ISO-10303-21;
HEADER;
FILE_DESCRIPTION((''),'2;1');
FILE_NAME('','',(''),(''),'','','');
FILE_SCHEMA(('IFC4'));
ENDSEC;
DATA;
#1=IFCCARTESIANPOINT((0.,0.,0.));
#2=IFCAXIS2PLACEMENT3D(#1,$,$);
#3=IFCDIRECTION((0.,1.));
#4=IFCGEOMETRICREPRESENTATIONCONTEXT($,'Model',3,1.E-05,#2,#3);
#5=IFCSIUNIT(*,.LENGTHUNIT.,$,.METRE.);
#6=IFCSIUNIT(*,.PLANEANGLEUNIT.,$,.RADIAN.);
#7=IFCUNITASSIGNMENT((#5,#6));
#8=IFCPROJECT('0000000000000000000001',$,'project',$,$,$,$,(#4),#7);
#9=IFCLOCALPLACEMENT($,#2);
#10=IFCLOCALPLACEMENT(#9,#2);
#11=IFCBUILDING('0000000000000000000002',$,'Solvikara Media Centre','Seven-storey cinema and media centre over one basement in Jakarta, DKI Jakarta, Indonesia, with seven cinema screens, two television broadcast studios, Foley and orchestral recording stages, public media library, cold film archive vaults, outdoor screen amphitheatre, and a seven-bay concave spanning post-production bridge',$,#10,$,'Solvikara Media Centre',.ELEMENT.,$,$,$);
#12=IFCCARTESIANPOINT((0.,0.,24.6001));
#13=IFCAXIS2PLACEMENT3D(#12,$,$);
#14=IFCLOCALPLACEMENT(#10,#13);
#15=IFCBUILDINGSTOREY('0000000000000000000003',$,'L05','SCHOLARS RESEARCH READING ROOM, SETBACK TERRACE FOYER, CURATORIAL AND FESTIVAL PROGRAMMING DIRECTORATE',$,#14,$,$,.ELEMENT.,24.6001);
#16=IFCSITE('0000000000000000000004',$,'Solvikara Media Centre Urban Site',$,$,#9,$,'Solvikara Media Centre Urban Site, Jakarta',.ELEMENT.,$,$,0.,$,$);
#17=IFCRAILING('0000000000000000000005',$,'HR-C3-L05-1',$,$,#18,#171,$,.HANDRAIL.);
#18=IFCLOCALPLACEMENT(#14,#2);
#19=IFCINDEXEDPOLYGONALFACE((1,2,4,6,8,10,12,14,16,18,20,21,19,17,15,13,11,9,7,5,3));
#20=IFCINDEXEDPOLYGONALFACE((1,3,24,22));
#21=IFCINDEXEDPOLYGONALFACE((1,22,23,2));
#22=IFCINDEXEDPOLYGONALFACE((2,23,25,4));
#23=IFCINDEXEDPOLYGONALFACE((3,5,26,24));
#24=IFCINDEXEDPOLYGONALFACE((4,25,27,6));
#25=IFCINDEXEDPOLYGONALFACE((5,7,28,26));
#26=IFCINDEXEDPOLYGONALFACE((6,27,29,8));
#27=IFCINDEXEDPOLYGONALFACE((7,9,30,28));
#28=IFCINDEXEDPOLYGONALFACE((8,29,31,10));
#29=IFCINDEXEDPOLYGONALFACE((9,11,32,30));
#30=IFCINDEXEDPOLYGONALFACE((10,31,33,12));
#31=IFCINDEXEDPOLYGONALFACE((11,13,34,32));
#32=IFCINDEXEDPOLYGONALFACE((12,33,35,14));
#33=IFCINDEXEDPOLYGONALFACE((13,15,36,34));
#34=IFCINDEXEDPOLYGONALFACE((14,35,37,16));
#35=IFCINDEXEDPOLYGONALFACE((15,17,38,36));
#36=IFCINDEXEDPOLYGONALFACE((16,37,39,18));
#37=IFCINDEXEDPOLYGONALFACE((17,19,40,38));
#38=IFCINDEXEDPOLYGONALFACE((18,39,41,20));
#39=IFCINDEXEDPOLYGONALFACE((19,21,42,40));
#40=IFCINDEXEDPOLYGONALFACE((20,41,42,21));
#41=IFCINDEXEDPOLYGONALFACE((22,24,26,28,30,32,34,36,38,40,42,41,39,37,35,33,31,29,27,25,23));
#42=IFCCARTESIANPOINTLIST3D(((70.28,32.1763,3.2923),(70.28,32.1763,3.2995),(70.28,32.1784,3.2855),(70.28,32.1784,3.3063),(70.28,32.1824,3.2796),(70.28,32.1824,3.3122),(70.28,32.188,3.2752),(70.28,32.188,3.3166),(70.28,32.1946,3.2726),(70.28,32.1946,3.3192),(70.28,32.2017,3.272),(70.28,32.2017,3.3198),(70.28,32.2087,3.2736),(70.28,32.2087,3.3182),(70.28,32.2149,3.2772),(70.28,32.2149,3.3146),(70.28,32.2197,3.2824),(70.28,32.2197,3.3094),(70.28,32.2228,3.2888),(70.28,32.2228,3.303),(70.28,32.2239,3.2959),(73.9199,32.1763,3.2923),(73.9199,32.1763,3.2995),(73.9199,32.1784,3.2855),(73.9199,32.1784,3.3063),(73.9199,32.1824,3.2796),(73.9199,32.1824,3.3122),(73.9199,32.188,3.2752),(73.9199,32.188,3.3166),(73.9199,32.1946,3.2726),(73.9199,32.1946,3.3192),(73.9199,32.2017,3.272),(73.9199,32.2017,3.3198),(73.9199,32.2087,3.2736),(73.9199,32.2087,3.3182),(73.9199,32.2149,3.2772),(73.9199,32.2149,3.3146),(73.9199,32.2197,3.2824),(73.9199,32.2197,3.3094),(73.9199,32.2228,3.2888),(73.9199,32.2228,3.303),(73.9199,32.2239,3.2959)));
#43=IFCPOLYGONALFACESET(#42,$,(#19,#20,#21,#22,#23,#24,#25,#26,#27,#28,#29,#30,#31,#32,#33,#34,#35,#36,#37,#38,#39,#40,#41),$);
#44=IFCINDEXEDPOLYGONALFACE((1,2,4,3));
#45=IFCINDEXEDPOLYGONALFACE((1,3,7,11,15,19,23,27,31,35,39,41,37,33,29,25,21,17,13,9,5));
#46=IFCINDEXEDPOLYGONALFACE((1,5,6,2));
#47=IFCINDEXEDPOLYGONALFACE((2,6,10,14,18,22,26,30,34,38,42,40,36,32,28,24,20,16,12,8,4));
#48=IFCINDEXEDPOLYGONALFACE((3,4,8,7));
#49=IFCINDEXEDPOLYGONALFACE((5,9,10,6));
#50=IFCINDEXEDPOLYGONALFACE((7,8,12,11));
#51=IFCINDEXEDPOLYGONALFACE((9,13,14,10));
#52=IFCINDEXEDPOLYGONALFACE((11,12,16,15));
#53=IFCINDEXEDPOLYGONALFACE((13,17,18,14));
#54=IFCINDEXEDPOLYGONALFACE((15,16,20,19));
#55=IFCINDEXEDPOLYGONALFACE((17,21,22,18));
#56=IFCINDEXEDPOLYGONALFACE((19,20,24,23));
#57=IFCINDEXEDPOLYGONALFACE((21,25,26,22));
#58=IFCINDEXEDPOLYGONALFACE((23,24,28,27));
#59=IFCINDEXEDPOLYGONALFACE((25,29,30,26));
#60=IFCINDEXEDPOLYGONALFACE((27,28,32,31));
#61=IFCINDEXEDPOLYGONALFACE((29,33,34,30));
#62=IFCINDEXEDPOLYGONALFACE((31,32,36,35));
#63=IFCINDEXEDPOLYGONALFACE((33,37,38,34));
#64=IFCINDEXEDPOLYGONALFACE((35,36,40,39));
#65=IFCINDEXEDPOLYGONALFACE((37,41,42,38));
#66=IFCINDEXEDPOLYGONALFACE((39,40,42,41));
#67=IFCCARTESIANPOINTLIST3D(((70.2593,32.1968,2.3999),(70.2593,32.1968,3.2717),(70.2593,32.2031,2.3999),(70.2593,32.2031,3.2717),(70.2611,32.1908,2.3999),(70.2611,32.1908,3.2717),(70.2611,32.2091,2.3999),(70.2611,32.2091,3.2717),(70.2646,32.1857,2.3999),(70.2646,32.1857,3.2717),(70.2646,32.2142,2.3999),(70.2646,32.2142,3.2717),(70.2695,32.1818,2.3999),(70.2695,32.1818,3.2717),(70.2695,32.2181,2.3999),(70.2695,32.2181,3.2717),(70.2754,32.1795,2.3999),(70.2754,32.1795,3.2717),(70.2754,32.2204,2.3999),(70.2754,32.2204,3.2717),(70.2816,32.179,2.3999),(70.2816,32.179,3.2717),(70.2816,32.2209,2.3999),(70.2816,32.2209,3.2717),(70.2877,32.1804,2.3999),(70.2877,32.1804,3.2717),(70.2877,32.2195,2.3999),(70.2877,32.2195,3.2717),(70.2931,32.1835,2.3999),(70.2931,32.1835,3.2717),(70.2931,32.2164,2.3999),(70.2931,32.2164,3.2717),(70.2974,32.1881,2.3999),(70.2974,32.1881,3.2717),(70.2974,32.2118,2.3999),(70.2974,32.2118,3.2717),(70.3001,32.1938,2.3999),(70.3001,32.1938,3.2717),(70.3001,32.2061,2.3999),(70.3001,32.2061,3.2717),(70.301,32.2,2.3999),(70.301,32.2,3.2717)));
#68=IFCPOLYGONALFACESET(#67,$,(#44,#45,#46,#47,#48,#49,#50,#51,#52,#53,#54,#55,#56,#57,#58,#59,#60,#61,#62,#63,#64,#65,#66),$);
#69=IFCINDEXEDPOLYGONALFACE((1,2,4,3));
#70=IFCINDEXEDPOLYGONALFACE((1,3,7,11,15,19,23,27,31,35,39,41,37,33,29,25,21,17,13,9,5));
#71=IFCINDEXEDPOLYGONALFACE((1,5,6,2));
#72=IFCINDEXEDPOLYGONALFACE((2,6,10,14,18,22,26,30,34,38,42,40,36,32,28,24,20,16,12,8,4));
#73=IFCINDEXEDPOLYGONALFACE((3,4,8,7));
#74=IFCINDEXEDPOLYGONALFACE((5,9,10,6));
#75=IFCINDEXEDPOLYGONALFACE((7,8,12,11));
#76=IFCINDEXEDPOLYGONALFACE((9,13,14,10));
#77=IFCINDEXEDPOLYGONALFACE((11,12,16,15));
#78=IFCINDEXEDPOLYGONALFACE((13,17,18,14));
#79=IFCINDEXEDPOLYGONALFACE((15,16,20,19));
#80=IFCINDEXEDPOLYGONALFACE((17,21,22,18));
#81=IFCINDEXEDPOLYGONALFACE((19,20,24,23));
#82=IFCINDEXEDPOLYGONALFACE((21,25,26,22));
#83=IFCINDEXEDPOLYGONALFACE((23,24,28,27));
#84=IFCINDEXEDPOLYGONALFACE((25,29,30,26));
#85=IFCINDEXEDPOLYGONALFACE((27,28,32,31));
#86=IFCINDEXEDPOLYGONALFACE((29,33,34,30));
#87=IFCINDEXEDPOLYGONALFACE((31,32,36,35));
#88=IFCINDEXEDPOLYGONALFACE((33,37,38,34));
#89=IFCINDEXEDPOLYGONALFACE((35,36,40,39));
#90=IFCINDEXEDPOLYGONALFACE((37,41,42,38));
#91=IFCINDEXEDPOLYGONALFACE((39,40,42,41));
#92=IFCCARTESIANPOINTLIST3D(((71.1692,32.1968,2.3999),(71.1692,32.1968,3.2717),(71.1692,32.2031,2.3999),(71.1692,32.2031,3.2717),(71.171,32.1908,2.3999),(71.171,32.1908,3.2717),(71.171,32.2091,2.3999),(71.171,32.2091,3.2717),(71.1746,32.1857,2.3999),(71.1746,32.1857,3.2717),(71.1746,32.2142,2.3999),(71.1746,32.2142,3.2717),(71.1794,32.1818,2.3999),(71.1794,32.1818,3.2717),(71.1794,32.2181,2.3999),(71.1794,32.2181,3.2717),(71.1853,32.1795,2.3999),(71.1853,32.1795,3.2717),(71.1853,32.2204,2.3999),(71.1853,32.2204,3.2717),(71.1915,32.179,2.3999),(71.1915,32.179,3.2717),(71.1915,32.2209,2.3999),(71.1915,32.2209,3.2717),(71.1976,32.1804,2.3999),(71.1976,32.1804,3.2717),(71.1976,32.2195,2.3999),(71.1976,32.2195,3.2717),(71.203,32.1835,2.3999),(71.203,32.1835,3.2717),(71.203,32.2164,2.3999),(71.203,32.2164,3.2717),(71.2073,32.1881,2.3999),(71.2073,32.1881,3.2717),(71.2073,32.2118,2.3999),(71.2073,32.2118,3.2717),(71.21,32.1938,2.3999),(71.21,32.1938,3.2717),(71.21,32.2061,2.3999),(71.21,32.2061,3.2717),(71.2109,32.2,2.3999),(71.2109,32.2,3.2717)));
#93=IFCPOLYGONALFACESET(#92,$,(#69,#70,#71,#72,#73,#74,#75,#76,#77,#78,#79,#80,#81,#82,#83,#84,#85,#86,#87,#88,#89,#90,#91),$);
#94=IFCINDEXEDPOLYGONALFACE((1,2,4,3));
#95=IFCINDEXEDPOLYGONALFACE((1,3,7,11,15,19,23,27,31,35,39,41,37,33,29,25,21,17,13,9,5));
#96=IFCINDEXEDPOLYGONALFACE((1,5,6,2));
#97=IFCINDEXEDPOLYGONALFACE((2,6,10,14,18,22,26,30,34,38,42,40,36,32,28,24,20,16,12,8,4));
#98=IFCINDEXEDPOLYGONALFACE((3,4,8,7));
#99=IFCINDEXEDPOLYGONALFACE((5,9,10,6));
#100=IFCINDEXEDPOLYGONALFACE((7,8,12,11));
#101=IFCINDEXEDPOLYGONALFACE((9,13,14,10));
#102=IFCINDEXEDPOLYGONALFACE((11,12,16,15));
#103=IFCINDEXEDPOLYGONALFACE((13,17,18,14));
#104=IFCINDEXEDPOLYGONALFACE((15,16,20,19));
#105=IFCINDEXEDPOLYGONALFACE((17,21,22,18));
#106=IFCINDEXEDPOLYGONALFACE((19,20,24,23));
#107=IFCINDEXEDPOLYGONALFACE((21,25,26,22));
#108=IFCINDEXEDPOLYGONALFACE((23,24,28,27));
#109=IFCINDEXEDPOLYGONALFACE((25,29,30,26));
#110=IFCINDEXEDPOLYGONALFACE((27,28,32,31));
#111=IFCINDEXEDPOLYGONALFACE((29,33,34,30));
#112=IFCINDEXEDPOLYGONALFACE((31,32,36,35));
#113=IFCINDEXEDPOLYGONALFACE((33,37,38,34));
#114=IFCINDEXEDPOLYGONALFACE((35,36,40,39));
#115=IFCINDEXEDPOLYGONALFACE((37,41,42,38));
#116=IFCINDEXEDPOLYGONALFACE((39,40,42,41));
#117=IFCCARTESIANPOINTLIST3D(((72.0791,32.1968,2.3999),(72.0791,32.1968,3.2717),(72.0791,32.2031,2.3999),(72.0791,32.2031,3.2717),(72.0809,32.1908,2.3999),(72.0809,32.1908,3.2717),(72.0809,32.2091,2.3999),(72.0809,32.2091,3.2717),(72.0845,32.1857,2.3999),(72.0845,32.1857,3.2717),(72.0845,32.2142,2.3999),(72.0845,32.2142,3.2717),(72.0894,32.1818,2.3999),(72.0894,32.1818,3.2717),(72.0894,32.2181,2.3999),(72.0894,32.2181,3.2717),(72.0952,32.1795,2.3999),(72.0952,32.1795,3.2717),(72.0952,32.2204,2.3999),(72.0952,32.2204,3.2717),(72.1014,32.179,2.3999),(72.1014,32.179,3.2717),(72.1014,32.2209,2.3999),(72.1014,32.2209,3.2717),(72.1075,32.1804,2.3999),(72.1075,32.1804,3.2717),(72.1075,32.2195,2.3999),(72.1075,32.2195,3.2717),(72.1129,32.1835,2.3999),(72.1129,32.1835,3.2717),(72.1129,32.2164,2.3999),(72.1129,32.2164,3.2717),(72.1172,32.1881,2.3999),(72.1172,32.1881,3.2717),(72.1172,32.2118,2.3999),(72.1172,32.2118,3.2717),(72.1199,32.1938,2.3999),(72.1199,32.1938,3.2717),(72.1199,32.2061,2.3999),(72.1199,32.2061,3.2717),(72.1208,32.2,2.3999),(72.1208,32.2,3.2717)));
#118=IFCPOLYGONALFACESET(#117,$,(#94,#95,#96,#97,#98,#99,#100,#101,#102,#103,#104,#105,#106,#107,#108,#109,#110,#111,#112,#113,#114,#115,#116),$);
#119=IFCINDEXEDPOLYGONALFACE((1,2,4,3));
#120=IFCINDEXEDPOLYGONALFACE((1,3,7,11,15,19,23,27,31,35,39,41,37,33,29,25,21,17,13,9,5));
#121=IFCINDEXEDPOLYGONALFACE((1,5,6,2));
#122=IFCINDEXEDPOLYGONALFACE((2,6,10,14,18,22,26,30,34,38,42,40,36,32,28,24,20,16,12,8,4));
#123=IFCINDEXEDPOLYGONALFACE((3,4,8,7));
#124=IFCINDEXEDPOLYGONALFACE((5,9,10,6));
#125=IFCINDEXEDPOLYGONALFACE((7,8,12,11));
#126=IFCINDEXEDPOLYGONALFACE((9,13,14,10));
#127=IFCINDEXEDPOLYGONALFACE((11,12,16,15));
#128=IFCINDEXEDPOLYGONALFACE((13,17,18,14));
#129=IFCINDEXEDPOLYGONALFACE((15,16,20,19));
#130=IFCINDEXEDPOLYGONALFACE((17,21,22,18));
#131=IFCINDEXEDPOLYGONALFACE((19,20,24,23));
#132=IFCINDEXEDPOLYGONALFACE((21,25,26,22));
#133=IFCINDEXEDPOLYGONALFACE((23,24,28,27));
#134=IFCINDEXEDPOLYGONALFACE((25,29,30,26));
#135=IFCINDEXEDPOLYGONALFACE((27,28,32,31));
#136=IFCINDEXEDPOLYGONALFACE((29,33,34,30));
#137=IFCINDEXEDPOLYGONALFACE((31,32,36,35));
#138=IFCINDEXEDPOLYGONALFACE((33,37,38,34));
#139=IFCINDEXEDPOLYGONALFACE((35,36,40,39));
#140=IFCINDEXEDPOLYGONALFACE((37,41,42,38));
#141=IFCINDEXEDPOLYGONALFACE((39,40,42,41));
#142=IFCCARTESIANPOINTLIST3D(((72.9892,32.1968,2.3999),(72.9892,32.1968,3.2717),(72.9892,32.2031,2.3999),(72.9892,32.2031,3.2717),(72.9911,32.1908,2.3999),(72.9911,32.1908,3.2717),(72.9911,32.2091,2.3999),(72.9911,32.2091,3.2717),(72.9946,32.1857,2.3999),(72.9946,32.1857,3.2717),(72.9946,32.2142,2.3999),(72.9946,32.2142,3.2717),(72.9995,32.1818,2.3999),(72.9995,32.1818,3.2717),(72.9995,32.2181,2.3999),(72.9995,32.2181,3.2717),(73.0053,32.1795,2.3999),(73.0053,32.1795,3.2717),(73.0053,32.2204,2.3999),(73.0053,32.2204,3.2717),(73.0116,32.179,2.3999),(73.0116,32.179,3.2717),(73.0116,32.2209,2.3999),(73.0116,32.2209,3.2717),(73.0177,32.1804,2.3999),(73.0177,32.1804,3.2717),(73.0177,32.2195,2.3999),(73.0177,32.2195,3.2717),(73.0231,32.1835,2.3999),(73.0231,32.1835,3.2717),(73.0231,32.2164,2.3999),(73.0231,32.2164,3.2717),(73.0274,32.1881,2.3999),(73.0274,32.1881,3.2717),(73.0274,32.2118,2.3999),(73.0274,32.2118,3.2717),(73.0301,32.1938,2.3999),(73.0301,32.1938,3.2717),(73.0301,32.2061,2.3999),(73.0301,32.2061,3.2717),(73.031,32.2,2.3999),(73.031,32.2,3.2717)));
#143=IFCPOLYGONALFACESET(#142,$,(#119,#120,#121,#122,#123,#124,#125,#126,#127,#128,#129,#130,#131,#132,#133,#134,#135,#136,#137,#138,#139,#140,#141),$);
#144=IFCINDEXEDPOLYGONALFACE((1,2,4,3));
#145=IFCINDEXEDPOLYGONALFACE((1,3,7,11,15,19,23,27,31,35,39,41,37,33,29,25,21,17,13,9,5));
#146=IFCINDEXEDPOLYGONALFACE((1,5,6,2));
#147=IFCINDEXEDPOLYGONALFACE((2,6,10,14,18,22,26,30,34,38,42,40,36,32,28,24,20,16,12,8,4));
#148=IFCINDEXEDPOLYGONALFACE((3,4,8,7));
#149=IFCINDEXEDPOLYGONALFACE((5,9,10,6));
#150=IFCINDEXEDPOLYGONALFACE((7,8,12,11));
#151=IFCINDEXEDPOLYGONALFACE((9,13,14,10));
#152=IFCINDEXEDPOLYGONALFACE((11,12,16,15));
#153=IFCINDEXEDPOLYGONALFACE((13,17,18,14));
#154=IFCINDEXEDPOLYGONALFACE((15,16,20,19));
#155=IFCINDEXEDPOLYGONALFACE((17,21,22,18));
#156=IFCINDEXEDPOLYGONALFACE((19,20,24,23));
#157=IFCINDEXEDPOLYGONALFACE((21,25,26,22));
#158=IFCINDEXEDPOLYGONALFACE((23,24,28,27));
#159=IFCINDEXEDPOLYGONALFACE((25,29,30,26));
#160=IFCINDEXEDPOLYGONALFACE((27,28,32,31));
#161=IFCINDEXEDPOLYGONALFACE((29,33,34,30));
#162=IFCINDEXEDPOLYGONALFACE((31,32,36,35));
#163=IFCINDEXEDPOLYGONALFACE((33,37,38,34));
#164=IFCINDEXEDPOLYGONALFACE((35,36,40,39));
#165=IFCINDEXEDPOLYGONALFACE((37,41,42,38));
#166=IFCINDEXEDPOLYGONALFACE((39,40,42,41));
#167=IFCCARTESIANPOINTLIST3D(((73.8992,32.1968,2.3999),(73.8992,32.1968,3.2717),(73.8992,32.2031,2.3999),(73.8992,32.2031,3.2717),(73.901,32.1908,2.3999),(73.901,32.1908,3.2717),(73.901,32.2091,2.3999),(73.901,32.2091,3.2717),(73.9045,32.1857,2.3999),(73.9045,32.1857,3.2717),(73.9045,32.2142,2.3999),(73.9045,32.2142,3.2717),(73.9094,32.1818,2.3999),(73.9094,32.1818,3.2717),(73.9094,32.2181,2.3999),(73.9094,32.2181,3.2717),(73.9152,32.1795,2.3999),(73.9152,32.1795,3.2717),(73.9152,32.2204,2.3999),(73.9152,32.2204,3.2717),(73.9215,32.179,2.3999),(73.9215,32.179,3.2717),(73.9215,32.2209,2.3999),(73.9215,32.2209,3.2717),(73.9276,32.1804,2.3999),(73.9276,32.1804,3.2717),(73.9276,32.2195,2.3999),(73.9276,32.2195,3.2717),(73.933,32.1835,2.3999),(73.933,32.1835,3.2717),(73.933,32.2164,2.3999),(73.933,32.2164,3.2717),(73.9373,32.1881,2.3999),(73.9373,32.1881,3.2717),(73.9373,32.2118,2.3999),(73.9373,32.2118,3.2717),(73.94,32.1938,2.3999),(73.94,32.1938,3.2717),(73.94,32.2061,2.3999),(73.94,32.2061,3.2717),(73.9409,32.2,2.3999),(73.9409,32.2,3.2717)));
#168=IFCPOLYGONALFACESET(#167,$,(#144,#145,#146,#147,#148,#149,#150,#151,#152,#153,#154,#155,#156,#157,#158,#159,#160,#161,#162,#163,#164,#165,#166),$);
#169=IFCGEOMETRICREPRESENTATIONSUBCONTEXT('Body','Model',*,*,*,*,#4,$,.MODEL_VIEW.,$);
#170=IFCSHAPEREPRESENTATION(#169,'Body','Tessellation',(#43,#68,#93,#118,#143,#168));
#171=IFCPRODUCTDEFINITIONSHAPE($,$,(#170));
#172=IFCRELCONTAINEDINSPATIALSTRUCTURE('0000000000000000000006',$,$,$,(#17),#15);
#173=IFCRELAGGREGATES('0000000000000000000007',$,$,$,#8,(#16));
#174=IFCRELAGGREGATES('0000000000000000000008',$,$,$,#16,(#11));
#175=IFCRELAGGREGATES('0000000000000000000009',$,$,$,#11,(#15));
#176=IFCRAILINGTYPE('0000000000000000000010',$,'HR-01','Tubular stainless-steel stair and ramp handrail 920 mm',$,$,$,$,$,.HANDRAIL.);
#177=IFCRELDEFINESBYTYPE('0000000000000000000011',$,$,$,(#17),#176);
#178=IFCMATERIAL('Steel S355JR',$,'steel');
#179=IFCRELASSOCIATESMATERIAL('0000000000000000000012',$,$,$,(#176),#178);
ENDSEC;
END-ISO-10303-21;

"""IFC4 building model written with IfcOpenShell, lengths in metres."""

from ifc_helpers import new_model, si_unit, direction, frame, origin, origin_2d, place, context, subcontext, project, spatial, circle, extrude, material, type_object, element, save


model = new_model("IFC4")

# Units and contexts
model_context = context("Model", 3, precision=1e-05, world=origin(), true_north=direction((0.0, 1.0)))
body_context = subcontext(model_context, "Body", "Model", "MODEL_VIEW")
ifc_project = project(units=[si_unit("LENGTHUNIT", "METRE"), si_unit("PLANEANGLEUNIT", "RADIAN")], contexts=[model_context])

# Site, building, storey
site_placement = place(None, origin())
site = spatial("IfcSite", under=ifc_project, at=site_placement, Name="Solvikara Media Centre Urban Site", LongName="Solvikara Media Centre Urban Site, Jakarta", CompositionType="ELEMENT", RefElevation=0.0)
building_placement = place(site_placement, origin())
building = spatial("IfcBuilding", under=site, at=building_placement, Name="Solvikara Media Centre", Description="Seven-storey cinema and media centre over one basement in Jakarta, DKI Jakarta, Indonesia, with seven cinema screens, two television broadcast studios, Foley and orchestral recording stages, public media library, cold film archive vaults, outdoor screen amphitheatre, and a seven-bay concave spanning post-production bridge", LongName="Solvikara Media Centre", CompositionType="ELEMENT")
storey_placement = place(building_placement, frame((0.0, 0.0, 24.6001)))
storey = spatial("IfcBuildingStorey", under=building, at=storey_placement, Name="L05", Description="SCHOLARS RESEARCH READING ROOM, SETBACK TERRACE FOYER, CURATORIAL AND FESTIVAL PROGRAMMING DIRECTORATE", CompositionType="ELEMENT", Elevation=24.6001)

# Shared definitions
ifc_material_1 = material(Name="Steel S355JR", Category="steel")

# Railing
railing_type_1 = type_object("IfcRailingType", Name="HR-01", Description="Tubular stainless-steel stair and ramp handrail 920 mm", PredefinedType="HANDRAIL", material=ifc_material_1)
railing_1_placement = place(storey_placement, frame((70.28, 32.2, 2.3999)))
element("IfcRailing", 1, at=railing_1_placement, inside=storey, type_object=railing_type_1, Name="HR-C3-L05-1", PredefinedType="HANDRAIL", context=body_context, shape_type="SweptSolid", body=[
    extrude(circle(Radius=0.0239, at=origin_2d()), frame((0.0, 0.0, 0.896), z_axis=(1.0, 0.0, 0.0), x_axis=(0.0, 1.0, 0.0)), (0.0, 0.0, 1.0), 3.6399),
    extrude(circle(Radius=0.021, at=origin_2d()), origin(), (0.0, 0.0, 1.0), 0.8718),
    extrude(circle(Radius=0.021, at=origin_2d()), frame((0.9099, 0.0, 0.0)), (0.0, 0.0, 1.0), 0.8718),
    extrude(circle(Radius=0.021, at=origin_2d()), frame((1.8198, 0.0, 0.0)), (0.0, 0.0, 1.0), 0.8718),
    extrude(circle(Radius=0.021, at=origin_2d()), frame((2.73, 0.0, 0.0)), (0.0, 0.0, 1.0), 0.8718),
    extrude(circle(Radius=0.021, at=origin_2d()), frame((3.6399, 0.0, 0.0)), (0.0, 0.0, 1.0), 0.8718),
])

save(model, "model.ifc")
